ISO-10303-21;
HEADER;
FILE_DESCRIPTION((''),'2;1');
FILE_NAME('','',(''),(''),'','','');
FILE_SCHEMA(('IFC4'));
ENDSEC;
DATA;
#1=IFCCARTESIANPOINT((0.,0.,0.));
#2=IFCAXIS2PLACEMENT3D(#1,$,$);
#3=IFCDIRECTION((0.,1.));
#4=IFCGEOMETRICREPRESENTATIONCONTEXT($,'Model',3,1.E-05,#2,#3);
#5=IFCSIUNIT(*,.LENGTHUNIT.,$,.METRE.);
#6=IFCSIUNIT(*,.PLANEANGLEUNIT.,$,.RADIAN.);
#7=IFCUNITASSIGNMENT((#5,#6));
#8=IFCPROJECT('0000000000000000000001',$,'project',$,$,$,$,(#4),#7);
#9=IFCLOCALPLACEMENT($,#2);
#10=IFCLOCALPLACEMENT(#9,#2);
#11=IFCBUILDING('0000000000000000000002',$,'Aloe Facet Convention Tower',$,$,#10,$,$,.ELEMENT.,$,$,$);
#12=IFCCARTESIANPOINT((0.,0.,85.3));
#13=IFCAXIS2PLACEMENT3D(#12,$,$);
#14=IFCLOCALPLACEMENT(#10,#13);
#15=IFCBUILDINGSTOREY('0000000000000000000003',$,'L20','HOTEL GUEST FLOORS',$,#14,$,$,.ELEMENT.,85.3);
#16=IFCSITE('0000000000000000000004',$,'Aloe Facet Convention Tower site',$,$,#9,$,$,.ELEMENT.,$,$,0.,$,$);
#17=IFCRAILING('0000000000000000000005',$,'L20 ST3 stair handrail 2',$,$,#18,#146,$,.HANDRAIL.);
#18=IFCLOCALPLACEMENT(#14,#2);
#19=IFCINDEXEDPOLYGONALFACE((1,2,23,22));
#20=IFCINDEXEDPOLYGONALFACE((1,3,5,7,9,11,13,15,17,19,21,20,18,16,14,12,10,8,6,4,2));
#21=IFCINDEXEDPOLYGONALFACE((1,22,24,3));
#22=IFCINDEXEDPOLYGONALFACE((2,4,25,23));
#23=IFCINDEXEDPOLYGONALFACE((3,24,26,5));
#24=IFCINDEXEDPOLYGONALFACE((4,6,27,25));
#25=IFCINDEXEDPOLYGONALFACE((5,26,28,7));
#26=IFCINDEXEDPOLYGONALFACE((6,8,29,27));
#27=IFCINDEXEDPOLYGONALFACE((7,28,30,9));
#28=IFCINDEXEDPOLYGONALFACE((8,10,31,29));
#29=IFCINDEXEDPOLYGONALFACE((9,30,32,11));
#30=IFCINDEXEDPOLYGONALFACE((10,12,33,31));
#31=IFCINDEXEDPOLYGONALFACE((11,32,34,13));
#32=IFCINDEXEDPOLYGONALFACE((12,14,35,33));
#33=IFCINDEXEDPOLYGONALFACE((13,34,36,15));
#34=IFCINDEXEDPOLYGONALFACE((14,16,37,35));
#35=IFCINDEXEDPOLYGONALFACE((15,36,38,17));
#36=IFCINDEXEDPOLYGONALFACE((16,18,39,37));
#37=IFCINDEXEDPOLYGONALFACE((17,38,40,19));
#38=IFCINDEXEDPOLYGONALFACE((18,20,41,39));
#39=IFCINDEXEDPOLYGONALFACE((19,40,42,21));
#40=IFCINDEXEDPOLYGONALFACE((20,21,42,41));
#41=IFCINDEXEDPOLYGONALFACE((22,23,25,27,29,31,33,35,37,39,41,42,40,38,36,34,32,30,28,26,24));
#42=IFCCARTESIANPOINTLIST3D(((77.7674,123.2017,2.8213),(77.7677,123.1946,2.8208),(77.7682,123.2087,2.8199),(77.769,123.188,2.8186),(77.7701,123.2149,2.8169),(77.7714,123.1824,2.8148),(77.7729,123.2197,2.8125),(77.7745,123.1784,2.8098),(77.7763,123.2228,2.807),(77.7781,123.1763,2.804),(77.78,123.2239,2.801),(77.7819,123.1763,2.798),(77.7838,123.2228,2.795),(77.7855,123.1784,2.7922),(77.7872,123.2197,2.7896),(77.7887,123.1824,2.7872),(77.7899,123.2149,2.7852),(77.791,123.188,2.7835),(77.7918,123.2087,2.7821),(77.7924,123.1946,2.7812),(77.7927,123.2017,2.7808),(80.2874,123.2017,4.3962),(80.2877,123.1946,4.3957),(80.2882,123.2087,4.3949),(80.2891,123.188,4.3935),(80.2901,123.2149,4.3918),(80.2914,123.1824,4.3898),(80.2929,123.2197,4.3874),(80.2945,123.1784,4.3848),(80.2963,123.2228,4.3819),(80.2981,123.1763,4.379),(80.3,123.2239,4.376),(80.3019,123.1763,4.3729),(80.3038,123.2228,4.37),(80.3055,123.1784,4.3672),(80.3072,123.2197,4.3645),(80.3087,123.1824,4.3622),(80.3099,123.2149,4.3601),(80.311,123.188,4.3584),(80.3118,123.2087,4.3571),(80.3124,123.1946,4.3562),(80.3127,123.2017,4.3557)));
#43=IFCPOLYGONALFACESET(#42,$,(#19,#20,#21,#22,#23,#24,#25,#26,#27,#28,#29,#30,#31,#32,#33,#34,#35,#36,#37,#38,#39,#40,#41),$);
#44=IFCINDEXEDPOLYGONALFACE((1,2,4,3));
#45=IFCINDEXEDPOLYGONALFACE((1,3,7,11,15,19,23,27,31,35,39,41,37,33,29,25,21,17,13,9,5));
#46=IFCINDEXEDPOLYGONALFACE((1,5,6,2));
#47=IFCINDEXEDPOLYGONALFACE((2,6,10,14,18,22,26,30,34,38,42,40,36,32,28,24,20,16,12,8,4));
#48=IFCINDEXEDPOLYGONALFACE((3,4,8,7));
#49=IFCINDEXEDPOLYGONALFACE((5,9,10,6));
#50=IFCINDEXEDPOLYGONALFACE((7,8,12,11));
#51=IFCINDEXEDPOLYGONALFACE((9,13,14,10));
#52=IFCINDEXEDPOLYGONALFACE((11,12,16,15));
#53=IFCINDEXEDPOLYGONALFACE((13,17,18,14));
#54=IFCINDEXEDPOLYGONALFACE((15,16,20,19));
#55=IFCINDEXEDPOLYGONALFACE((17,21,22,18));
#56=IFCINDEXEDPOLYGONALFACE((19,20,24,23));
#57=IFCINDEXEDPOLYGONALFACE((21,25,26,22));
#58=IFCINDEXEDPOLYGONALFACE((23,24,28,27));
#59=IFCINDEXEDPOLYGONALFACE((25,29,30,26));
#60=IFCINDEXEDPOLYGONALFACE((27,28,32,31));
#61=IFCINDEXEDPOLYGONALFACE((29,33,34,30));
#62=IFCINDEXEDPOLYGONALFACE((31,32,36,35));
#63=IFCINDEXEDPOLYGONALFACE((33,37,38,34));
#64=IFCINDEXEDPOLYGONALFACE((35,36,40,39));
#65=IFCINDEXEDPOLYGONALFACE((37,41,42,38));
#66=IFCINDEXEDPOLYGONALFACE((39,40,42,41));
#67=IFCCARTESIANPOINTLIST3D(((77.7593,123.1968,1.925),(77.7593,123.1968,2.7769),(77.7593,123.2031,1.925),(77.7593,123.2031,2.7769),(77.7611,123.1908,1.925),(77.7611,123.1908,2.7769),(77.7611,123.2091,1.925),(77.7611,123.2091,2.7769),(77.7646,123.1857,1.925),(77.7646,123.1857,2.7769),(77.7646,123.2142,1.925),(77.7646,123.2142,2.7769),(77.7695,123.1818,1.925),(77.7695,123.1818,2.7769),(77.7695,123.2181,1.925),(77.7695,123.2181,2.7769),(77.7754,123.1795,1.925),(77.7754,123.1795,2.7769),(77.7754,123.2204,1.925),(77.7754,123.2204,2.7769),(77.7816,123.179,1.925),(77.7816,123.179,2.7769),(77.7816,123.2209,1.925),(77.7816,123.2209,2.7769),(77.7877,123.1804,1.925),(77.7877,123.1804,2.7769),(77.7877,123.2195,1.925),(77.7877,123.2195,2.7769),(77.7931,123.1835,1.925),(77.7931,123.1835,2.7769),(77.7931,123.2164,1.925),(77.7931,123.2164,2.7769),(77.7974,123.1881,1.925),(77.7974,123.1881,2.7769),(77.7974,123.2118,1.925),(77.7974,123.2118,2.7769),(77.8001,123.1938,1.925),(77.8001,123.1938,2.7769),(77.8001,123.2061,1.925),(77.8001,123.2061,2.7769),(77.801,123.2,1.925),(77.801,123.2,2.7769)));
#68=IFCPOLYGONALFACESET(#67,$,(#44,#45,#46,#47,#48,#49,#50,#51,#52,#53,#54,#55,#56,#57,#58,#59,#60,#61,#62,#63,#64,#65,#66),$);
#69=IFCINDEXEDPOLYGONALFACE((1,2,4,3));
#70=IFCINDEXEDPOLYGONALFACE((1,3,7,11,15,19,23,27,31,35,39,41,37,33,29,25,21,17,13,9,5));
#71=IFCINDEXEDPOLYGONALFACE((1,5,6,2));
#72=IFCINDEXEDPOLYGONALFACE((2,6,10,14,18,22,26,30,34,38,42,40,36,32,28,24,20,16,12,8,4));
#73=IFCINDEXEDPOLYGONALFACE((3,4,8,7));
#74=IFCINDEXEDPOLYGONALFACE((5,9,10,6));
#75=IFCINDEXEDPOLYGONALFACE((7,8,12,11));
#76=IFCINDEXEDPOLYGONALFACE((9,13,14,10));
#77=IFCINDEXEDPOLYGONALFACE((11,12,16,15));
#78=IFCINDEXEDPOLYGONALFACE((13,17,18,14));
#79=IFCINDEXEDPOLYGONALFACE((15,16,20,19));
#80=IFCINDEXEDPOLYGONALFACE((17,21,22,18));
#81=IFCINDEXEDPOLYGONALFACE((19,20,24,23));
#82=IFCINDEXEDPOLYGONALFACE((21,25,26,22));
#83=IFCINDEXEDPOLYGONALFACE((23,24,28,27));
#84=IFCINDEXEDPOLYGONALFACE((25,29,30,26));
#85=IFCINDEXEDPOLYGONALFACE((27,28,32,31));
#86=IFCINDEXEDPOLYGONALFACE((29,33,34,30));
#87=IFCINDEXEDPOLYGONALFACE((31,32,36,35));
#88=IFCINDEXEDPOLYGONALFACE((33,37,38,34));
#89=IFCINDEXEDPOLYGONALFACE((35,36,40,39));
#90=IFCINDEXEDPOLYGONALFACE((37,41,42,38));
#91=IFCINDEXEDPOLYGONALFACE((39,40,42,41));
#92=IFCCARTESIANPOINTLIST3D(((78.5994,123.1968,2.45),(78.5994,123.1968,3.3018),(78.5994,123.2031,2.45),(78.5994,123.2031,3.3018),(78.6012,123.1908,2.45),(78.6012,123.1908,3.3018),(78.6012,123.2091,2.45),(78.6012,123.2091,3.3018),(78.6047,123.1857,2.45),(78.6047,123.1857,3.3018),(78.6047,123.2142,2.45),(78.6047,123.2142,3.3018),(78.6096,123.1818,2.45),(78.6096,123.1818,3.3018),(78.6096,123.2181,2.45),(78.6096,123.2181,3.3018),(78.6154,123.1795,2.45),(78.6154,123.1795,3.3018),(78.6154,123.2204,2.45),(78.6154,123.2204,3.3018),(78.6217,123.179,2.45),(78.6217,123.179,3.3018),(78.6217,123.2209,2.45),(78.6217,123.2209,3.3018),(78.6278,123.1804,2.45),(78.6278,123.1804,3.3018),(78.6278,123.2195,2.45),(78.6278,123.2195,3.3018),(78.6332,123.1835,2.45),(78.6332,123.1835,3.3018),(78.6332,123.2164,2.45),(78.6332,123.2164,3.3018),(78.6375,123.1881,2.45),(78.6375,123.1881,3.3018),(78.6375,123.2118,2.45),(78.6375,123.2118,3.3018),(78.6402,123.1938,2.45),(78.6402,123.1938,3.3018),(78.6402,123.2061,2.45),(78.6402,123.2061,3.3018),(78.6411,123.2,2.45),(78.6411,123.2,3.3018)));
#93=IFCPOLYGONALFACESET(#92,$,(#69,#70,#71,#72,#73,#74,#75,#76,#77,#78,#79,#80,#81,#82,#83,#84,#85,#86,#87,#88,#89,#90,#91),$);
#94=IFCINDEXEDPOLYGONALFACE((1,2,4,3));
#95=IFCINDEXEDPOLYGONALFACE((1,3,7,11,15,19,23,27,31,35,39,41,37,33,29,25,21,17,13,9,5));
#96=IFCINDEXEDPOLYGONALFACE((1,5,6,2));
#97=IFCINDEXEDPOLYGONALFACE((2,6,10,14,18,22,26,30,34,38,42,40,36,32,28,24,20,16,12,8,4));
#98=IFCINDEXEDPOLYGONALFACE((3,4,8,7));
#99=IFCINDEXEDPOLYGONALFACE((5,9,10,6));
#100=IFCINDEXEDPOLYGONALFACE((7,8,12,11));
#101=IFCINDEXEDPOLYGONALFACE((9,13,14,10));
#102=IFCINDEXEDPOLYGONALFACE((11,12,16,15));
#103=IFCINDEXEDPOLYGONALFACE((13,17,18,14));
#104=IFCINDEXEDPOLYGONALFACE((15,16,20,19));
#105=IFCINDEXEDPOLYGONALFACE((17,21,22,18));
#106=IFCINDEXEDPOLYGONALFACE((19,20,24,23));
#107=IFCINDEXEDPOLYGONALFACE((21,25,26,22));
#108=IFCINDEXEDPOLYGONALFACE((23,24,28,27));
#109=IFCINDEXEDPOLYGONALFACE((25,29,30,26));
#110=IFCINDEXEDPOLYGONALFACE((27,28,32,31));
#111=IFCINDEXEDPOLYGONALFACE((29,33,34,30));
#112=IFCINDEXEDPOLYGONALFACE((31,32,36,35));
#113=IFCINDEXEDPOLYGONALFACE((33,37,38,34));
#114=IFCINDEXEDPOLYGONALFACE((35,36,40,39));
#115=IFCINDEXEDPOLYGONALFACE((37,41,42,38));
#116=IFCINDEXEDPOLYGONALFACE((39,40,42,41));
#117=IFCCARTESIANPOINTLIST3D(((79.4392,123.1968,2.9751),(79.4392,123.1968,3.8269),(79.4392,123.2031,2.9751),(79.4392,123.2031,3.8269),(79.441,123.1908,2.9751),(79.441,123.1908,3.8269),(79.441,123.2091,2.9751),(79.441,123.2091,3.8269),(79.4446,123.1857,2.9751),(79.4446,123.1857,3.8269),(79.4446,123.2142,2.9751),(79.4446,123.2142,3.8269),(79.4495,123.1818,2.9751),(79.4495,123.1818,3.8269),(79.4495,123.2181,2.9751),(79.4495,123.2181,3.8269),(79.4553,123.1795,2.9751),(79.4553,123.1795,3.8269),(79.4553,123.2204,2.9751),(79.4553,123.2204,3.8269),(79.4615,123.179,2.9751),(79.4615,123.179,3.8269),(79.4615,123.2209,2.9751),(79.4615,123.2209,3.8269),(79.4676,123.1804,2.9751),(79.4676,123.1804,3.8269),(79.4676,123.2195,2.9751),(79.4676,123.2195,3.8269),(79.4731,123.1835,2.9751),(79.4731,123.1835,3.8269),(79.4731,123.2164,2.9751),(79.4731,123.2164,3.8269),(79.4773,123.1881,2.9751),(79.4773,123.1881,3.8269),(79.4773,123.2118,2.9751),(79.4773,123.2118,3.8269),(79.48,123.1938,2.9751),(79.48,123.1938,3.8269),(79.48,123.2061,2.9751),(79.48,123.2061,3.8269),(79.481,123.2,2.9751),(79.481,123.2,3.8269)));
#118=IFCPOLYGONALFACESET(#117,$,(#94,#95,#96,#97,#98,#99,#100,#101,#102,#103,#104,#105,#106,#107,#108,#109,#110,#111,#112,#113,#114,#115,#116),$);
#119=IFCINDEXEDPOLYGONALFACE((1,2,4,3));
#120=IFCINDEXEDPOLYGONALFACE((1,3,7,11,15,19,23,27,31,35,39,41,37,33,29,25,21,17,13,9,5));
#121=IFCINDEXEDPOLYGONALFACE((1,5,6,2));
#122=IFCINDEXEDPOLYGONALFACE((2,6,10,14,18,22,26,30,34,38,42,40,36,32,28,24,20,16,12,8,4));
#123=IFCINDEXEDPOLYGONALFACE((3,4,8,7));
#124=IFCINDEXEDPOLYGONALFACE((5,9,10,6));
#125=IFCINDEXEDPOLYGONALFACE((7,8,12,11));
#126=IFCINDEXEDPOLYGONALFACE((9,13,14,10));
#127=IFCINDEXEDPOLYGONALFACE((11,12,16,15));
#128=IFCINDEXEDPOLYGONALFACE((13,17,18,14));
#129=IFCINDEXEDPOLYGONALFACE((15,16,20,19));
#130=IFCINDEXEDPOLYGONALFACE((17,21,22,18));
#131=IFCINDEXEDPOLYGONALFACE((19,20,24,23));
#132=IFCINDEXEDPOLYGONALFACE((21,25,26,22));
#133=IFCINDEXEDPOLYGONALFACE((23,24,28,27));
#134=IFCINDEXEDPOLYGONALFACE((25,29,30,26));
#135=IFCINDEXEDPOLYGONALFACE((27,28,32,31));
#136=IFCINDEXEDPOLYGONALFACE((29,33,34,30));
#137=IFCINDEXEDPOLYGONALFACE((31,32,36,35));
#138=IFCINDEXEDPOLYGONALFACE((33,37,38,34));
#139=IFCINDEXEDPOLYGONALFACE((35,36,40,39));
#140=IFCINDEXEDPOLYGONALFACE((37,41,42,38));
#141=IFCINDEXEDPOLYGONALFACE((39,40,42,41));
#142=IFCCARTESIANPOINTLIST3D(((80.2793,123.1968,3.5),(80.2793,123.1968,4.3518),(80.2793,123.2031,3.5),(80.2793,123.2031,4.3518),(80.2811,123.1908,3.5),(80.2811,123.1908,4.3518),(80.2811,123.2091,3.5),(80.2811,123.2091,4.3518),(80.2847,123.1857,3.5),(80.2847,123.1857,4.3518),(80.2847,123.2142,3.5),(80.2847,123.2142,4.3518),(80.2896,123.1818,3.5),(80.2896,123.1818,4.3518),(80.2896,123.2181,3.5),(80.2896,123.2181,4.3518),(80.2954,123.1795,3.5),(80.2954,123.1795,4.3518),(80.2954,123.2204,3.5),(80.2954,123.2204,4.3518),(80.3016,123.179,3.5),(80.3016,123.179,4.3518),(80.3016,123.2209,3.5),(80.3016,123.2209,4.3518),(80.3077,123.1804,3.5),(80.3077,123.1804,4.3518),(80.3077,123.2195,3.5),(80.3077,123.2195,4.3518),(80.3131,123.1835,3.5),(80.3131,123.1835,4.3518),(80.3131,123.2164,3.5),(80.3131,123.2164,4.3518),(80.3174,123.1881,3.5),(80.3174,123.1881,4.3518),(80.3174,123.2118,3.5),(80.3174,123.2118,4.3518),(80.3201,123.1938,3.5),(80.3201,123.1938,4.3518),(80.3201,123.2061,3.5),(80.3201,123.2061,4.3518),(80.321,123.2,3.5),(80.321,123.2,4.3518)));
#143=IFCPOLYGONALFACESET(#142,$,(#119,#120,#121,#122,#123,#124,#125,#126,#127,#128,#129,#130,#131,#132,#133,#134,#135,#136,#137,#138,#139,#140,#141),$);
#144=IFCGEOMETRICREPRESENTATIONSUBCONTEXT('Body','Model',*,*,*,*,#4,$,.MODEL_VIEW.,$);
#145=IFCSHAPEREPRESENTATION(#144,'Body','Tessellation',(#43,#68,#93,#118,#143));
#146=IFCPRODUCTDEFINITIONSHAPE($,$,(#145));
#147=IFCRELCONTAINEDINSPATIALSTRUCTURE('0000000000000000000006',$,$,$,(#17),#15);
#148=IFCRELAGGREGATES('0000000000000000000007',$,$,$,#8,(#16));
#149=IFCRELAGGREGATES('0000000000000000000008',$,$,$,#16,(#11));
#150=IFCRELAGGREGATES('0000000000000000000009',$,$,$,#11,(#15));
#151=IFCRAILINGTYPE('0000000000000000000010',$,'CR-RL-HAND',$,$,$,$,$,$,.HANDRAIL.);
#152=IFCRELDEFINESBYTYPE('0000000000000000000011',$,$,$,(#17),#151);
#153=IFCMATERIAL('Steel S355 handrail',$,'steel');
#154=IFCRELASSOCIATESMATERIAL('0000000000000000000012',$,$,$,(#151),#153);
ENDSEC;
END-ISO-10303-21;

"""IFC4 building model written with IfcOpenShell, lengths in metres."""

from ifc_helpers import new_model, si_unit, direction, frame, origin, origin_2d, place, context, subcontext, project, spatial, circle, extrude, material, type_object, element, save


model = new_model("IFC4")

# Units and contexts
model_context = context("Model", 3, precision=1e-05, world=origin(), true_north=direction((0.0, 1.0)))
body_context = subcontext(model_context, "Body", "Model", "MODEL_VIEW")
ifc_project = project(units=[si_unit("LENGTHUNIT", "METRE"), si_unit("PLANEANGLEUNIT", "RADIAN")], contexts=[model_context])

# Site, building, storey
site_placement = place(None, origin())
site = spatial("IfcSite", under=ifc_project, at=site_placement, Name="Aloe Facet Convention Tower site", CompositionType="ELEMENT", RefElevation=0.0)
building_placement = place(site_placement, origin())
building = spatial("IfcBuilding", under=site, at=building_placement, Name="Aloe Facet Convention Tower", CompositionType="ELEMENT")
storey_placement = place(building_placement, frame((0.0, 0.0, 85.3)))
storey = spatial("IfcBuildingStorey", under=building, at=storey_placement, Name="L20", Description="HOTEL GUEST FLOORS", CompositionType="ELEMENT", Elevation=85.3)

# Railing
ifc_material_1 = material(Name="Steel S355 handrail", Category="steel")
railing_type_1 = type_object("IfcRailingType", Name="CR-RL-HAND", PredefinedType="HANDRAIL", material=ifc_material_1)
railing_1_placement = place(storey_placement, frame((77.78, 123.2, 1.925)))
element("IfcRailing", 1, at=railing_1_placement, inside=storey, type_object=railing_type_1, Name="L20 ST3 stair handrail 2", PredefinedType="HANDRAIL", context=body_context, shape_type="SweptSolid", body=[
    extrude(circle(Radius=0.0239, at=origin_2d()), frame((0.0, 0.0, 0.876), z_axis=(0.848008, 0.0, 0.529984), x_axis=(0.0, 1.0, 0.0)), (0.0, 0.0, 1.0), 2.9717),
    extrude(circle(Radius=0.021, at=origin_2d()), origin(), (0.0, 0.0, 1.0), 0.8518),
    extrude(circle(Radius=0.021, at=origin_2d()), frame((0.8401, 0.0, 0.5249)), (0.0, 0.0, 1.0), 0.8518),
    extrude(circle(Radius=0.021, at=origin_2d()), frame((1.6799, 0.0, 1.05)), (0.0, 0.0, 1.0), 0.8518),
    extrude(circle(Radius=0.021, at=origin_2d()), frame((2.52, 0.0, 1.575)), (0.0, 0.0, 1.0), 0.8518),
])

save(model, "model.ifc")
